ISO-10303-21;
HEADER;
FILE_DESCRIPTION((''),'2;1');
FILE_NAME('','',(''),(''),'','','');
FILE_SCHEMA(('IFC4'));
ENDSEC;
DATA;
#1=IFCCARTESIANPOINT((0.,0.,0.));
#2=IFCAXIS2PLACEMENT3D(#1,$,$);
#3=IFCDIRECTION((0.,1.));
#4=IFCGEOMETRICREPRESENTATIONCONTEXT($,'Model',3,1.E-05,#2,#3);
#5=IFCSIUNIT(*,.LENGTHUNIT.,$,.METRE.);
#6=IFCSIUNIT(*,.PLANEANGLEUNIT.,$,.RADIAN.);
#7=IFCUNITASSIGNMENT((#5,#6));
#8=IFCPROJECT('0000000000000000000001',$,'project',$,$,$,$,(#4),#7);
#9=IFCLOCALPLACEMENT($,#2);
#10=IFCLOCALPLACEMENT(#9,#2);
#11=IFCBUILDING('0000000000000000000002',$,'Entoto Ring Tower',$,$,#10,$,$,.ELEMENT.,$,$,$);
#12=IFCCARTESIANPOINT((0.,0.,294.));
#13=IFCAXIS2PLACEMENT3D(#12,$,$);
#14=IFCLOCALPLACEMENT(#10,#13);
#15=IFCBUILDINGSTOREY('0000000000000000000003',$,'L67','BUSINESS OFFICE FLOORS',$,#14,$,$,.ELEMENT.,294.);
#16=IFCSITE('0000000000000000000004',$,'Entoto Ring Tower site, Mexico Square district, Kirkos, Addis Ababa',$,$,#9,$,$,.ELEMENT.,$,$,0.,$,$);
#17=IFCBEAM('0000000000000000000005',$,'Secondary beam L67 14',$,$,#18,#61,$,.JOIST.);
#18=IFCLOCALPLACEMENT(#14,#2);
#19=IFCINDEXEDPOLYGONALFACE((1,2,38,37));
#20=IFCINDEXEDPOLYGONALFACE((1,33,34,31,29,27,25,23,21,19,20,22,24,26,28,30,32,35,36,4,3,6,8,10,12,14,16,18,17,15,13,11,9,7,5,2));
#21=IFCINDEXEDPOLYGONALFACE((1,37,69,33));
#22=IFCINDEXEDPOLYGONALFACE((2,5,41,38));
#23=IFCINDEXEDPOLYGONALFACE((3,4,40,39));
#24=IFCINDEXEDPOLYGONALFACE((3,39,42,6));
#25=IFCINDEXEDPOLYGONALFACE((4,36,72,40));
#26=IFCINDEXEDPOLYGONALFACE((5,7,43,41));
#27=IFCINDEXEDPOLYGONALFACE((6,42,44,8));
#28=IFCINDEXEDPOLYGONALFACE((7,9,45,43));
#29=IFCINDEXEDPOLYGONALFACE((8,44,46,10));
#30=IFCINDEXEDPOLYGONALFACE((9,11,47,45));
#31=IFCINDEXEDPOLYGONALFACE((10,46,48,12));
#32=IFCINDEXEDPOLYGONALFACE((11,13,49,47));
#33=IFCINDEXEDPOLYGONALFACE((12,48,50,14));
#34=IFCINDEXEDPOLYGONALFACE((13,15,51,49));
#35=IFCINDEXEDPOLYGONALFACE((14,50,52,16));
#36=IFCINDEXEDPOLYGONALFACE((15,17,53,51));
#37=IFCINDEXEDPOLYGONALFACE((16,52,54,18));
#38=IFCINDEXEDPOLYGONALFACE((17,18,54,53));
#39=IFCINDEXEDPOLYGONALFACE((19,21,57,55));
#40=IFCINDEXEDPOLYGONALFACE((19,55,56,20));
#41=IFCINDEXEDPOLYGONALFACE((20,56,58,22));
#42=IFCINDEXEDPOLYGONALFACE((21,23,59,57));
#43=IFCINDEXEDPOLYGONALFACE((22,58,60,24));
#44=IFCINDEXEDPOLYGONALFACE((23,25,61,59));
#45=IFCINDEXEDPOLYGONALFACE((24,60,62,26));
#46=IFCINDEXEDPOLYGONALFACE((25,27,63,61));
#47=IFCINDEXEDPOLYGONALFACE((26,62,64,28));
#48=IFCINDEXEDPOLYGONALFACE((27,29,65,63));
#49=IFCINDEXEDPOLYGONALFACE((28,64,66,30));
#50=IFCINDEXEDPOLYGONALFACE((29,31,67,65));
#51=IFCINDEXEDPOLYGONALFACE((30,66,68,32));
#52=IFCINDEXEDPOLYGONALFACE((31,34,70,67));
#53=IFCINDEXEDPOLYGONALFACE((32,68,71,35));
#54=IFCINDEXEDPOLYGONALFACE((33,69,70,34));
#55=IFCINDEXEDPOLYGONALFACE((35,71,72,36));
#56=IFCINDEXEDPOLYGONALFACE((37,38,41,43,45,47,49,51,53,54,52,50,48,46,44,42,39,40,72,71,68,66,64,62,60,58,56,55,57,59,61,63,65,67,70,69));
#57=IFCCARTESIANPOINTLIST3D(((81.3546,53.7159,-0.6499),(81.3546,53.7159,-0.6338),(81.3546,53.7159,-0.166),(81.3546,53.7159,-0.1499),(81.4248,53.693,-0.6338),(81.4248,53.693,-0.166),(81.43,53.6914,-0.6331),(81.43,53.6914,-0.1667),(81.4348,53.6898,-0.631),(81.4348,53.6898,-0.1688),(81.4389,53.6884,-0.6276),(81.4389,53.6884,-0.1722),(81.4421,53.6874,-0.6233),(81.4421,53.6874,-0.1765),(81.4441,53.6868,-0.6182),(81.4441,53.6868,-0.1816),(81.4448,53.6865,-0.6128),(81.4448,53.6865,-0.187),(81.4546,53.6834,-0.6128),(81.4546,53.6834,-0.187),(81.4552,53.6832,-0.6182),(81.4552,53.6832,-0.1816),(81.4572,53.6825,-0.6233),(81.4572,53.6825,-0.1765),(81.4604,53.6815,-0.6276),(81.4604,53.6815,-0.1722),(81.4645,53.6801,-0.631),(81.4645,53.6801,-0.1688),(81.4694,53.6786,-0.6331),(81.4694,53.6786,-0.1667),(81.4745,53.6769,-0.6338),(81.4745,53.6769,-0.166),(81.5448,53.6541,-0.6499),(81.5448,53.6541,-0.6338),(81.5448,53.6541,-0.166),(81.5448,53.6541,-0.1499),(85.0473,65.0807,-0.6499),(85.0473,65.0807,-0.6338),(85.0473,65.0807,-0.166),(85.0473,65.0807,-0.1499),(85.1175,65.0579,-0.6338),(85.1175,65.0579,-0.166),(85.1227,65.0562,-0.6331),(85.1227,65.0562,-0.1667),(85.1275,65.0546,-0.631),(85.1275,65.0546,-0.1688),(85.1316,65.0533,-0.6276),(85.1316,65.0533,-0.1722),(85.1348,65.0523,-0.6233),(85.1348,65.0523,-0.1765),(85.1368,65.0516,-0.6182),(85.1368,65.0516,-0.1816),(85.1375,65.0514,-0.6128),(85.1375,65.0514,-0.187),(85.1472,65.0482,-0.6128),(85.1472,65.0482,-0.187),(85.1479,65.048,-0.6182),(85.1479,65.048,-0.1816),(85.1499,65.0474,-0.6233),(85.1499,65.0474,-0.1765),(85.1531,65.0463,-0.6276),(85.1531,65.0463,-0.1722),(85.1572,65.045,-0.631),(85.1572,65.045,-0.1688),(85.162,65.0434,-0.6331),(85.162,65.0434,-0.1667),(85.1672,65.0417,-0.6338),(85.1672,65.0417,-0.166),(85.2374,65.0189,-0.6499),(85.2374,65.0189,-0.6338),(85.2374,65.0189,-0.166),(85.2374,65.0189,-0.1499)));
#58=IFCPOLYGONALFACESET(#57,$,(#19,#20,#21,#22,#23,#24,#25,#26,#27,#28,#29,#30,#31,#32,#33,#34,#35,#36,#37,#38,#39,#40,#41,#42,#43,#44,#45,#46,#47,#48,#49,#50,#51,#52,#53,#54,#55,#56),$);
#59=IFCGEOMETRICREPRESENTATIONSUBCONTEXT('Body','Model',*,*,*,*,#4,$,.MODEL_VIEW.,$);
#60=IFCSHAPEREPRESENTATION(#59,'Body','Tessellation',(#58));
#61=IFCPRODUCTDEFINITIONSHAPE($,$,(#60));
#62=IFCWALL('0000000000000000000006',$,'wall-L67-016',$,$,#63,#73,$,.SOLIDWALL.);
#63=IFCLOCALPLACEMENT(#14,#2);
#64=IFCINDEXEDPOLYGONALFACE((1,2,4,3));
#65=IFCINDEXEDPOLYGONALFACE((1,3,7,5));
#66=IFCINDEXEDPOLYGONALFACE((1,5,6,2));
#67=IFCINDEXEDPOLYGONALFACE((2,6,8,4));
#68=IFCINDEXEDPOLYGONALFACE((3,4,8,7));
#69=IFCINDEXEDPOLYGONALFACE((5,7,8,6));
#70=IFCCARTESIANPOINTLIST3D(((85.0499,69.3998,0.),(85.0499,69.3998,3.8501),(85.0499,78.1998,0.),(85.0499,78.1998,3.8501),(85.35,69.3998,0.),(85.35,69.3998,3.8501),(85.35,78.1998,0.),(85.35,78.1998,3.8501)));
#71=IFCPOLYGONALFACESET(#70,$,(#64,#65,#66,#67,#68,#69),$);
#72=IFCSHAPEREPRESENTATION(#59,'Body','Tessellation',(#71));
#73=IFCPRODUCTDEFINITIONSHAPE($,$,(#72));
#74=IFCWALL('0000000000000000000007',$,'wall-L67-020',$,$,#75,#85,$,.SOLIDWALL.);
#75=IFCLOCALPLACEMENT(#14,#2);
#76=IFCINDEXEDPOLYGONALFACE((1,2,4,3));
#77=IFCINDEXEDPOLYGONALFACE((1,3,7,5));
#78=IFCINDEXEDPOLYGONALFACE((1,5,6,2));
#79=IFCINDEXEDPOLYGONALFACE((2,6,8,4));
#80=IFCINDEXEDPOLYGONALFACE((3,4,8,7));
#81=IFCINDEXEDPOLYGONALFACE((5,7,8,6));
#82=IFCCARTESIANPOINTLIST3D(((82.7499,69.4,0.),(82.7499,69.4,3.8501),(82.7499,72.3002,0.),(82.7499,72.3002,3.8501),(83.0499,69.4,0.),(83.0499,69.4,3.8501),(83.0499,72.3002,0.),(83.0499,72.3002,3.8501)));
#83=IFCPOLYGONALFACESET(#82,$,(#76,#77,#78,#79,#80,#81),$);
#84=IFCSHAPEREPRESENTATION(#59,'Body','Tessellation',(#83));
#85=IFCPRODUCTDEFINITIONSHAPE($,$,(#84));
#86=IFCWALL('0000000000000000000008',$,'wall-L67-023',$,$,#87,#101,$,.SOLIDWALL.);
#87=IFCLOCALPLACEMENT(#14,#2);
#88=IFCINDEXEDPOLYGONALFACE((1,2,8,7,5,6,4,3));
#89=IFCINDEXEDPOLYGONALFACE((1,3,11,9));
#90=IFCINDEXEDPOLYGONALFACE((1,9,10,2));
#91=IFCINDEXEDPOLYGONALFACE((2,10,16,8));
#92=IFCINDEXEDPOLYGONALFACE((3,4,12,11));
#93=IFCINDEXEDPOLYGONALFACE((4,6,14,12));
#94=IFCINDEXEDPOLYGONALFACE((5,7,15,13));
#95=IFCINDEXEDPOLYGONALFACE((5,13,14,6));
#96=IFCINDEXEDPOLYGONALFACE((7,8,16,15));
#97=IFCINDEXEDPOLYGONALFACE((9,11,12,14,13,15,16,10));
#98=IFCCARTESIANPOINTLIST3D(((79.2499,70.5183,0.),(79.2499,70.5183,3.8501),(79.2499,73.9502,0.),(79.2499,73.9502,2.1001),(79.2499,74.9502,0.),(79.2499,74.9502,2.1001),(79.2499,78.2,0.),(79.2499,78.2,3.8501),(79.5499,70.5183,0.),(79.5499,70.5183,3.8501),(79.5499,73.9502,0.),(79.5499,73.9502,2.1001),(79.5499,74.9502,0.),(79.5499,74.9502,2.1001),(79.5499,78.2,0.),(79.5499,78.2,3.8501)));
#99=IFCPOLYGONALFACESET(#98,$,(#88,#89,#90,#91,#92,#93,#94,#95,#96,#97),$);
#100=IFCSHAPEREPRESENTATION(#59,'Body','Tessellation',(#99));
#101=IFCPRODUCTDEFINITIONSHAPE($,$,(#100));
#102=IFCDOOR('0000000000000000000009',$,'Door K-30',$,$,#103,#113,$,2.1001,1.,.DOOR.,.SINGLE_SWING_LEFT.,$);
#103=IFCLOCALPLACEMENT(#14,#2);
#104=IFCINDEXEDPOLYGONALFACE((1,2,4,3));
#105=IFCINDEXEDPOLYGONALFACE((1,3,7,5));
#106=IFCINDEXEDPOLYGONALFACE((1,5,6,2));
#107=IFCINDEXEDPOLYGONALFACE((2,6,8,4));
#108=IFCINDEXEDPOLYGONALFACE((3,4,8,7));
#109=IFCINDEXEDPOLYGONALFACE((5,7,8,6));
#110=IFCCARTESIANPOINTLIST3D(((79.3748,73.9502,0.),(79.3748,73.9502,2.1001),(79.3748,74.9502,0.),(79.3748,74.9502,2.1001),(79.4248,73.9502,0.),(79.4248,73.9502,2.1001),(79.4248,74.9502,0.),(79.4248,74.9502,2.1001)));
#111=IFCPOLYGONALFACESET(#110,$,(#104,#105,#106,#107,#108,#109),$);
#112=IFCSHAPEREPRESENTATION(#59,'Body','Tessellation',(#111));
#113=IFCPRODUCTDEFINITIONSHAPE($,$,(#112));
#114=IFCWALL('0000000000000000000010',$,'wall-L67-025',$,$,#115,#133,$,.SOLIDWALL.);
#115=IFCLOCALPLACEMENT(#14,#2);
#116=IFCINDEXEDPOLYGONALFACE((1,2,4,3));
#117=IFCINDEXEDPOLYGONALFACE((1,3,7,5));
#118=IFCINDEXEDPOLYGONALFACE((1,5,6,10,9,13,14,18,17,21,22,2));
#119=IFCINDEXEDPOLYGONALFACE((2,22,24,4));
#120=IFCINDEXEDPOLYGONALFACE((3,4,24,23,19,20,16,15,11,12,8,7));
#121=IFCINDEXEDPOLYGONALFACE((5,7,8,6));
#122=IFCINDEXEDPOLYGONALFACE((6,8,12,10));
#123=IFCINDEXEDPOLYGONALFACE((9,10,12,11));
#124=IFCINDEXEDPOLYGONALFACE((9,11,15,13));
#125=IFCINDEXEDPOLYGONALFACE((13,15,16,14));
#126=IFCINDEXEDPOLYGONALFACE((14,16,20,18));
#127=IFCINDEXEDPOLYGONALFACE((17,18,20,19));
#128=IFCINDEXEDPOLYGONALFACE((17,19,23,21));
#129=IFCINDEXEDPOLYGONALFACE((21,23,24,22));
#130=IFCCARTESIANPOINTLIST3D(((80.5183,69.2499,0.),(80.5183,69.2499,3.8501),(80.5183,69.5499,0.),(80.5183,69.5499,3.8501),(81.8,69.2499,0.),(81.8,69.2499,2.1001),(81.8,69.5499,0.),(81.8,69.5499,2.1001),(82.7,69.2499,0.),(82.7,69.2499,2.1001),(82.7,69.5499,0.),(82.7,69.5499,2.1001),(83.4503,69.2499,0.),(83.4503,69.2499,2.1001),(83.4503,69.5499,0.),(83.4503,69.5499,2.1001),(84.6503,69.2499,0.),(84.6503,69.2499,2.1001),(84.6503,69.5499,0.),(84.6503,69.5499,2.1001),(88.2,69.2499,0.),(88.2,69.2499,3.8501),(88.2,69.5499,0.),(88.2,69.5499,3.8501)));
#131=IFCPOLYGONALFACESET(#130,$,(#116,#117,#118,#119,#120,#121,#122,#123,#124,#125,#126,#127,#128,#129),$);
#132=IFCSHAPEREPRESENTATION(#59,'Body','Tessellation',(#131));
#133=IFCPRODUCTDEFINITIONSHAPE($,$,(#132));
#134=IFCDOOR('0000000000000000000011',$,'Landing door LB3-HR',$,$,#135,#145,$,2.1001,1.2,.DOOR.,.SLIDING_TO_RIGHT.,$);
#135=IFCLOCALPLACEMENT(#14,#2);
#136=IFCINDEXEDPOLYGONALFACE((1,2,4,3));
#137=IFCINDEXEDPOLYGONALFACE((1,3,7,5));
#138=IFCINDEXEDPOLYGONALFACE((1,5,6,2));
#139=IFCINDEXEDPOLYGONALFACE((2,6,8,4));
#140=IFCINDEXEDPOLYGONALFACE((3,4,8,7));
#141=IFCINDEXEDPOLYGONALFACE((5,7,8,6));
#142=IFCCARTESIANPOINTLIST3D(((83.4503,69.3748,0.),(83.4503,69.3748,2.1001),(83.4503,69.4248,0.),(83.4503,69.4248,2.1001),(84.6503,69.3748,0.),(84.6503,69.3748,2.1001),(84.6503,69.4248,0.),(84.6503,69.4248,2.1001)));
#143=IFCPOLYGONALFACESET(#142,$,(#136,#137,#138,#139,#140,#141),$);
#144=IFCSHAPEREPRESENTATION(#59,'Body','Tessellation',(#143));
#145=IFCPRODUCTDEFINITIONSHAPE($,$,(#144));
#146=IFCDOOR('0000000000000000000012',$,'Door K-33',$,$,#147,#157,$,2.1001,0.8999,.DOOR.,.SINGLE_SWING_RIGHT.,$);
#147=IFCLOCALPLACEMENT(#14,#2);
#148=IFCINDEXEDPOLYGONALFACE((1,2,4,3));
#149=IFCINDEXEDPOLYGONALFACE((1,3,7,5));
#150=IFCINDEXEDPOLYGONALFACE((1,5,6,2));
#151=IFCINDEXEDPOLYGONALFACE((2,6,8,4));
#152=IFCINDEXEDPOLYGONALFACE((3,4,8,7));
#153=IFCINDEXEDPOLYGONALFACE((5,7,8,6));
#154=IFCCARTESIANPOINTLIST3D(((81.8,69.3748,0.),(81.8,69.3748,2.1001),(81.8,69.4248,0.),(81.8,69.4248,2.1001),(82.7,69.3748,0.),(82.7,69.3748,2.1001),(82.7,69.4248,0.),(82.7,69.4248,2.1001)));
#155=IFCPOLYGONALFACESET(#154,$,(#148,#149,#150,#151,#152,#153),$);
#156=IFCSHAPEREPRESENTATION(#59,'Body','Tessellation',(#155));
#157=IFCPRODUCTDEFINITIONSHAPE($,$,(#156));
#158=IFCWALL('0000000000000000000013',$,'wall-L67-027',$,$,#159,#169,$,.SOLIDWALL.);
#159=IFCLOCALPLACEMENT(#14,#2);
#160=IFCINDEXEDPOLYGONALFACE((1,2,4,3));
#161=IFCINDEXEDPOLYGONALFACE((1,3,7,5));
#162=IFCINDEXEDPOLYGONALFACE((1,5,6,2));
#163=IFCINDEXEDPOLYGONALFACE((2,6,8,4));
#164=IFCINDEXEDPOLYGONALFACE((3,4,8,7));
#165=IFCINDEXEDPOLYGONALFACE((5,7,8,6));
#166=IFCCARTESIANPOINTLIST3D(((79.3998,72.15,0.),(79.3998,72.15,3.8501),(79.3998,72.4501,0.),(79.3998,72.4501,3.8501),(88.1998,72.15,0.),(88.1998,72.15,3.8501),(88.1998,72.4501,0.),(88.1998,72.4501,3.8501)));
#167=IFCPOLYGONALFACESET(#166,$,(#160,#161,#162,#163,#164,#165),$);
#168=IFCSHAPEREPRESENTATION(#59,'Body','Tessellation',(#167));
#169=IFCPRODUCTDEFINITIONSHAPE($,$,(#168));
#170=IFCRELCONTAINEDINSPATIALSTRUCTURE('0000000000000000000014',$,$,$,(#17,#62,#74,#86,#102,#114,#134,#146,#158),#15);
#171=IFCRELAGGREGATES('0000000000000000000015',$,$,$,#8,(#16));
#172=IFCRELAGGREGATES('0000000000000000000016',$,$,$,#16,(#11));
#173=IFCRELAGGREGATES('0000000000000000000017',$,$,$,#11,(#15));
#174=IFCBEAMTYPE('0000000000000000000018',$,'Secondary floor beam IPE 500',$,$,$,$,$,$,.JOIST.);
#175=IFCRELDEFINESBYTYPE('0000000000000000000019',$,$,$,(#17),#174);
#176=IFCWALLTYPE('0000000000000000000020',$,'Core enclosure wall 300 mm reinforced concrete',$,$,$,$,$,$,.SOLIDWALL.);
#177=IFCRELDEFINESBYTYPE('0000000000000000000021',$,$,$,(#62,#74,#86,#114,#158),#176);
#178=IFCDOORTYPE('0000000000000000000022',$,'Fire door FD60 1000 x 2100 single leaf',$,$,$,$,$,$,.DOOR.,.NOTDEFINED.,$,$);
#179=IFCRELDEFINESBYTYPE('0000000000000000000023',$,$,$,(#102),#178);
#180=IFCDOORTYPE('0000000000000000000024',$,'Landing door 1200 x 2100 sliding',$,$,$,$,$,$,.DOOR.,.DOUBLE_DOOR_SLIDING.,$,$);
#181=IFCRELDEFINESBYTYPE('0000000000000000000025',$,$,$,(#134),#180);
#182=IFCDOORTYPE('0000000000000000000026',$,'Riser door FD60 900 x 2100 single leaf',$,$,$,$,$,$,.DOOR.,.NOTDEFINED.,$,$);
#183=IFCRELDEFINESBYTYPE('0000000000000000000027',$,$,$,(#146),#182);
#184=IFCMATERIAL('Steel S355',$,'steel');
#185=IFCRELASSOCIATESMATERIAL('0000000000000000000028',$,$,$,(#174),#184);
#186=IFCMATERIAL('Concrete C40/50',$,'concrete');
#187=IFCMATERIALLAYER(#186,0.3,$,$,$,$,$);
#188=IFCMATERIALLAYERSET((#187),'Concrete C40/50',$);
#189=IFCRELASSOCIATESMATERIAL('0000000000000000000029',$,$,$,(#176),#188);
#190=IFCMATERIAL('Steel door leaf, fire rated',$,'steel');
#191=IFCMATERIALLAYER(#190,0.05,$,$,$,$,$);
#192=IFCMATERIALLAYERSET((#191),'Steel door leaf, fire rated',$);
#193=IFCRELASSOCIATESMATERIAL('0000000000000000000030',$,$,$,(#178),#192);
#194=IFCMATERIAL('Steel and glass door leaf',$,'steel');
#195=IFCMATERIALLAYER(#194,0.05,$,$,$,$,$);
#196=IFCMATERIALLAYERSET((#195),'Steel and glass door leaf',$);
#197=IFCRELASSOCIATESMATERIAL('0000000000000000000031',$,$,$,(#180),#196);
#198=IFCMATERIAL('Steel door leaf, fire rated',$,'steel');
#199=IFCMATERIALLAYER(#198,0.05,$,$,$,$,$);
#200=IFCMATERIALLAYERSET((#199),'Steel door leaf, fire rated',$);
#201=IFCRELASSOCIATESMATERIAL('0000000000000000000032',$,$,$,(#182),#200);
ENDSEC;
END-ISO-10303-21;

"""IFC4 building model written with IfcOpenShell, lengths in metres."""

from ifc_helpers import new_model, si_unit, direction, frame, frame_2d, origin, origin_2d, place, context, subcontext, project, spatial, rectangle, i_section, extrude, material, layer, layer_set, material_profile, profile_set, type_object, element, fill, save


model = new_model("IFC4")

# Units and contexts
model_context = context("Model", 3, precision=1e-05, world=origin(), true_north=direction((0.0, 1.0)))
body_context = subcontext(model_context, "Body", "Model", "MODEL_VIEW")
ifc_project = project(units=[si_unit("LENGTHUNIT", "METRE"), si_unit("PLANEANGLEUNIT", "RADIAN")], contexts=[model_context])

# Site, building, storey
site_placement = place(None, origin())
site = spatial("IfcSite", under=ifc_project, at=site_placement, Name="Entoto Ring Tower site, Mexico Square district, Kirkos, Addis Ababa", CompositionType="ELEMENT", RefElevation=0.0)
building_placement = place(site_placement, origin())
building = spatial("IfcBuilding", under=site, at=building_placement, Name="Entoto Ring Tower", CompositionType="ELEMENT")
storey_placement = place(building_placement, frame((0.0, 0.0, 294.0)))
storey = spatial("IfcBuildingStorey", under=building, at=storey_placement, Name="L67", Description="BUSINESS OFFICE FLOORS", CompositionType="ELEMENT", Elevation=294.0)

# Beam
ifc_material_1 = material(Name="Steel S355", Category="steel")
ifc_material_profile_1 = material_profile(ifc_material_1, i_section(OverallWidth=0.2, OverallDepth=0.5, WebThickness=0.0103, FlangeThickness=0.0161, FilletRadius=0.021, at=origin_2d()), Name="IPE 500")
ifc_profile_set_1 = profile_set([ifc_material_profile_1], Name="Steel S355")
beam_type_1 = type_object("IfcBeamType", Name="Secondary floor beam IPE 500", PredefinedType="JOIST", material=ifc_profile_set_1)
beam_1_placement = place(storey_placement, frame((85.1423, 65.0498, -0.3999), z_axis=(-0.309017, -0.951057, 0.0), x_axis=(0.951057, -0.309017, 0.0)))
element("IfcBeam", 1, at=beam_1_placement, inside=storey, type_object=beam_type_1, Name="Secondary beam L67 14", PredefinedType="JOIST", context=body_context, shape_type="SweptSolid", body=[
    extrude(i_section(OverallWidth=0.2, OverallDepth=0.5, WebThickness=0.0103, FlangeThickness=0.0161, FilletRadius=0.021, at=origin_2d()), origin(), (0.0, 0.0, 1.0), 11.9497),
])

# Walls
ifc_material_2 = material(Name="Concrete C40/50", Category="concrete")
ifc_layer_1 = layer(ifc_material_2, 0.3)
ifc_layer_set_1 = layer_set([ifc_layer_1], Name="Concrete C40/50")
wall_type_1 = type_object("IfcWallType", Name="Core enclosure wall 300 mm reinforced concrete", PredefinedType="SOLIDWALL", material=ifc_layer_set_1)
wall_1_placement = place(storey_placement, frame((85.2, 69.3999, 0.0), z_axis=(0.0, 0.0, 1.0), x_axis=(0.0, 1.0, 0.0)))
element("IfcWall", 2, at=wall_1_placement, inside=storey, type_object=wall_type_1, Name="wall-L67-016", PredefinedType="SOLIDWALL", context=body_context, shape_type="SweptSolid", body=[
    extrude(rectangle(XDim=8.8, YDim=0.3, at=frame_2d((4.3999, 0.0))), origin(), (0.0, 0.0, 1.0), 3.8501),
])
wall_2_placement = place(storey_placement, frame((82.8999, 69.3999, 0.0), z_axis=(0.0, 0.0, 1.0), x_axis=(0.0, 1.0, 0.0)))
element("IfcWall", 3, at=wall_2_placement, inside=storey, type_object=wall_type_1, Name="wall-L67-020", PredefinedType="SOLIDWALL", context=body_context, shape_type="SweptSolid", body=[
    extrude(rectangle(XDim=2.9001, YDim=0.3, at=frame_2d((1.4502, 0.0))), origin(), (0.0, 0.0, 1.0), 3.8501),
])

# Wall, opening, door
wall_3_placement = place(storey_placement, frame((79.3999, 70.5183, 0.0), z_axis=(0.0, 0.0, 1.0), x_axis=(0.0, 1.0, 0.0)))
wall_3 = element("IfcWall", 4, at=wall_3_placement, inside=storey, type_object=wall_type_1, Name="wall-L67-023", PredefinedType="SOLIDWALL", context=body_context, shape_type="SweptSolid", body=[
    extrude(rectangle(XDim=7.6816, YDim=0.3, at=frame_2d((3.8408, 0.0))), origin(), (0.0, 0.0, 1.0), 3.8501),
])
opening_1_placement = place(wall_3_placement, frame((3.4319, 0.0, 0.0)))
opening_1 = element("IfcOpeningElement", 5, at=opening_1_placement, cuts=wall_3, PredefinedType="OPENING", context=body_context, shape_type="SweptSolid", body=[
    extrude(rectangle(XDim=1.0, YDim=2.1001, at=frame_2d((0.5, 1.05))), frame((0.0, 0.1602, 0.0), z_axis=(0.0, -1.0, 0.0), x_axis=(1.0, 0.0, 0.0)), (0.0, 0.0, 1.0), 0.3201),
])
ifc_material_3 = material(Name="Steel door leaf, fire rated", Category="steel")
ifc_layer_2 = layer(ifc_material_3, 0.05)
ifc_layer_set_2 = layer_set([ifc_layer_2], Name="Steel door leaf, fire rated")
door_type_1 = type_object("IfcDoorType", Name="Fire door FD60 1000 x 2100 single leaf", OperationType="NOTDEFINED", PredefinedType="DOOR", material=ifc_layer_set_2)
door_1_placement = place(opening_1_placement, frame((1.0, 0.0, 0.0), z_axis=(0.0, 0.0, 1.0), x_axis=(-1.0, 0.0, 0.0)))
door_1 = element("IfcDoor", 6, at=door_1_placement, inside=storey, type_object=door_type_1, Name="Door K-30", OperationType="SINGLE_SWING_LEFT", OverallHeight=2.1001, OverallWidth=1.0, PredefinedType="DOOR", context=body_context, shape_type="SweptSolid", body=[
    extrude(rectangle(XDim=1.0, YDim=2.1001, at=frame_2d((0.5, 1.05))), frame((0.0, 0.0249, 0.0), z_axis=(0.0, -1.0, 0.0), x_axis=(1.0, 0.0, 0.0)), (0.0, 0.0, 1.0), 0.05),
])
fill(opening_1, door_1)

# Wall, openings, doors
wall_4_placement = place(storey_placement, frame((80.5183, 69.3999, 0.0), z_axis=(0.0, 0.0, 1.0), x_axis=(1.0, 0.0, 0.0)))
wall_4 = element("IfcWall", 7, at=wall_4_placement, inside=storey, type_object=wall_type_1, Name="wall-L67-025", PredefinedType="SOLIDWALL", context=body_context, shape_type="SweptSolid", body=[
    extrude(rectangle(XDim=7.6816, YDim=0.3, at=frame_2d((3.8408, 0.0))), origin(), (0.0, 0.0, 1.0), 3.8501),
])
opening_2_placement = place(wall_4_placement, frame((2.9319, 0.0, 0.0)))
opening_2 = element("IfcOpeningElement", 8, at=opening_2_placement, cuts=wall_4, PredefinedType="OPENING", context=body_context, shape_type="SweptSolid", body=[
    extrude(rectangle(XDim=1.2, YDim=2.1001, at=frame_2d((0.6001, 1.05))), frame((0.0, 0.1602, 0.0), z_axis=(0.0, -1.0, 0.0), x_axis=(1.0, 0.0, 0.0)), (0.0, 0.0, 1.0), 0.3201),
])
opening_3_placement = place(wall_4_placement, frame((1.2817, 0.0, 0.0)))
opening_3 = element("IfcOpeningElement", 9, at=opening_3_placement, cuts=wall_4, PredefinedType="OPENING", context=body_context, shape_type="SweptSolid", body=[
    extrude(rectangle(XDim=0.8999, YDim=2.1001, at=frame_2d((0.45, 1.05))), frame((0.0, 0.1602, 0.0), z_axis=(0.0, -1.0, 0.0), x_axis=(1.0, 0.0, 0.0)), (0.0, 0.0, 1.0), 0.3201),
])
ifc_material_4 = material(Name="Steel and glass door leaf", Category="steel")
ifc_layer_3 = layer(ifc_material_4, 0.05)
ifc_layer_set_3 = layer_set([ifc_layer_3], Name="Steel and glass door leaf")
door_type_2 = type_object("IfcDoorType", Name="Landing door 1200 x 2100 sliding", OperationType="DOUBLE_DOOR_SLIDING", PredefinedType="DOOR", material=ifc_layer_set_3)
door_2_placement = place(opening_2_placement, origin())
door_2 = element("IfcDoor", 10, at=door_2_placement, inside=storey, type_object=door_type_2, Name="Landing door LB3-HR", OperationType="SLIDING_TO_RIGHT", OverallHeight=2.1001, OverallWidth=1.2, PredefinedType="DOOR", context=body_context, shape_type="SweptSolid", body=[
    extrude(rectangle(XDim=1.2, YDim=2.1001, at=frame_2d((0.6001, 1.05))), frame((0.0, 0.0249, 0.0), z_axis=(0.0, -1.0, 0.0), x_axis=(1.0, 0.0, 0.0)), (0.0, 0.0, 1.0), 0.05),
])
fill(opening_2, door_2)
ifc_material_5 = material(Name="Steel door leaf, fire rated", Category="steel")
ifc_layer_4 = layer(ifc_material_5, 0.05)
ifc_layer_set_4 = layer_set([ifc_layer_4], Name="Steel door leaf, fire rated")
door_type_3 = type_object("IfcDoorType", Name="Riser door FD60 900 x 2100 single leaf", OperationType="NOTDEFINED", PredefinedType="DOOR", material=ifc_layer_set_4)
door_3_placement = place(opening_3_placement, origin())
door_3 = element("IfcDoor", 11, at=door_3_placement, inside=storey, type_object=door_type_3, Name="Door K-33", OperationType="SINGLE_SWING_RIGHT", OverallHeight=2.1001, OverallWidth=0.8999, PredefinedType="DOOR", context=body_context, shape_type="SweptSolid", body=[
    extrude(rectangle(XDim=0.8999, YDim=2.1001, at=frame_2d((0.45, 1.05))), frame((0.0, 0.0249, 0.0), z_axis=(0.0, -1.0, 0.0), x_axis=(1.0, 0.0, 0.0)), (0.0, 0.0, 1.0), 0.05),
])
fill(opening_3, door_3)

# Wall
wall_5_placement = place(storey_placement, frame((79.3999, 72.3, 0.0), z_axis=(0.0, 0.0, 1.0), x_axis=(1.0, 0.0, 0.0)))
element("IfcWall", 12, at=wall_5_placement, inside=storey, type_object=wall_type_1, Name="wall-L67-027", PredefinedType="SOLIDWALL", context=body_context, shape_type="SweptSolid", body=[
    extrude(rectangle(XDim=8.8, YDim=0.3, at=frame_2d((4.3999, 0.0))), origin(), (0.0, 0.0, 1.0), 3.8501),
])

save(model, "model.ifc")
